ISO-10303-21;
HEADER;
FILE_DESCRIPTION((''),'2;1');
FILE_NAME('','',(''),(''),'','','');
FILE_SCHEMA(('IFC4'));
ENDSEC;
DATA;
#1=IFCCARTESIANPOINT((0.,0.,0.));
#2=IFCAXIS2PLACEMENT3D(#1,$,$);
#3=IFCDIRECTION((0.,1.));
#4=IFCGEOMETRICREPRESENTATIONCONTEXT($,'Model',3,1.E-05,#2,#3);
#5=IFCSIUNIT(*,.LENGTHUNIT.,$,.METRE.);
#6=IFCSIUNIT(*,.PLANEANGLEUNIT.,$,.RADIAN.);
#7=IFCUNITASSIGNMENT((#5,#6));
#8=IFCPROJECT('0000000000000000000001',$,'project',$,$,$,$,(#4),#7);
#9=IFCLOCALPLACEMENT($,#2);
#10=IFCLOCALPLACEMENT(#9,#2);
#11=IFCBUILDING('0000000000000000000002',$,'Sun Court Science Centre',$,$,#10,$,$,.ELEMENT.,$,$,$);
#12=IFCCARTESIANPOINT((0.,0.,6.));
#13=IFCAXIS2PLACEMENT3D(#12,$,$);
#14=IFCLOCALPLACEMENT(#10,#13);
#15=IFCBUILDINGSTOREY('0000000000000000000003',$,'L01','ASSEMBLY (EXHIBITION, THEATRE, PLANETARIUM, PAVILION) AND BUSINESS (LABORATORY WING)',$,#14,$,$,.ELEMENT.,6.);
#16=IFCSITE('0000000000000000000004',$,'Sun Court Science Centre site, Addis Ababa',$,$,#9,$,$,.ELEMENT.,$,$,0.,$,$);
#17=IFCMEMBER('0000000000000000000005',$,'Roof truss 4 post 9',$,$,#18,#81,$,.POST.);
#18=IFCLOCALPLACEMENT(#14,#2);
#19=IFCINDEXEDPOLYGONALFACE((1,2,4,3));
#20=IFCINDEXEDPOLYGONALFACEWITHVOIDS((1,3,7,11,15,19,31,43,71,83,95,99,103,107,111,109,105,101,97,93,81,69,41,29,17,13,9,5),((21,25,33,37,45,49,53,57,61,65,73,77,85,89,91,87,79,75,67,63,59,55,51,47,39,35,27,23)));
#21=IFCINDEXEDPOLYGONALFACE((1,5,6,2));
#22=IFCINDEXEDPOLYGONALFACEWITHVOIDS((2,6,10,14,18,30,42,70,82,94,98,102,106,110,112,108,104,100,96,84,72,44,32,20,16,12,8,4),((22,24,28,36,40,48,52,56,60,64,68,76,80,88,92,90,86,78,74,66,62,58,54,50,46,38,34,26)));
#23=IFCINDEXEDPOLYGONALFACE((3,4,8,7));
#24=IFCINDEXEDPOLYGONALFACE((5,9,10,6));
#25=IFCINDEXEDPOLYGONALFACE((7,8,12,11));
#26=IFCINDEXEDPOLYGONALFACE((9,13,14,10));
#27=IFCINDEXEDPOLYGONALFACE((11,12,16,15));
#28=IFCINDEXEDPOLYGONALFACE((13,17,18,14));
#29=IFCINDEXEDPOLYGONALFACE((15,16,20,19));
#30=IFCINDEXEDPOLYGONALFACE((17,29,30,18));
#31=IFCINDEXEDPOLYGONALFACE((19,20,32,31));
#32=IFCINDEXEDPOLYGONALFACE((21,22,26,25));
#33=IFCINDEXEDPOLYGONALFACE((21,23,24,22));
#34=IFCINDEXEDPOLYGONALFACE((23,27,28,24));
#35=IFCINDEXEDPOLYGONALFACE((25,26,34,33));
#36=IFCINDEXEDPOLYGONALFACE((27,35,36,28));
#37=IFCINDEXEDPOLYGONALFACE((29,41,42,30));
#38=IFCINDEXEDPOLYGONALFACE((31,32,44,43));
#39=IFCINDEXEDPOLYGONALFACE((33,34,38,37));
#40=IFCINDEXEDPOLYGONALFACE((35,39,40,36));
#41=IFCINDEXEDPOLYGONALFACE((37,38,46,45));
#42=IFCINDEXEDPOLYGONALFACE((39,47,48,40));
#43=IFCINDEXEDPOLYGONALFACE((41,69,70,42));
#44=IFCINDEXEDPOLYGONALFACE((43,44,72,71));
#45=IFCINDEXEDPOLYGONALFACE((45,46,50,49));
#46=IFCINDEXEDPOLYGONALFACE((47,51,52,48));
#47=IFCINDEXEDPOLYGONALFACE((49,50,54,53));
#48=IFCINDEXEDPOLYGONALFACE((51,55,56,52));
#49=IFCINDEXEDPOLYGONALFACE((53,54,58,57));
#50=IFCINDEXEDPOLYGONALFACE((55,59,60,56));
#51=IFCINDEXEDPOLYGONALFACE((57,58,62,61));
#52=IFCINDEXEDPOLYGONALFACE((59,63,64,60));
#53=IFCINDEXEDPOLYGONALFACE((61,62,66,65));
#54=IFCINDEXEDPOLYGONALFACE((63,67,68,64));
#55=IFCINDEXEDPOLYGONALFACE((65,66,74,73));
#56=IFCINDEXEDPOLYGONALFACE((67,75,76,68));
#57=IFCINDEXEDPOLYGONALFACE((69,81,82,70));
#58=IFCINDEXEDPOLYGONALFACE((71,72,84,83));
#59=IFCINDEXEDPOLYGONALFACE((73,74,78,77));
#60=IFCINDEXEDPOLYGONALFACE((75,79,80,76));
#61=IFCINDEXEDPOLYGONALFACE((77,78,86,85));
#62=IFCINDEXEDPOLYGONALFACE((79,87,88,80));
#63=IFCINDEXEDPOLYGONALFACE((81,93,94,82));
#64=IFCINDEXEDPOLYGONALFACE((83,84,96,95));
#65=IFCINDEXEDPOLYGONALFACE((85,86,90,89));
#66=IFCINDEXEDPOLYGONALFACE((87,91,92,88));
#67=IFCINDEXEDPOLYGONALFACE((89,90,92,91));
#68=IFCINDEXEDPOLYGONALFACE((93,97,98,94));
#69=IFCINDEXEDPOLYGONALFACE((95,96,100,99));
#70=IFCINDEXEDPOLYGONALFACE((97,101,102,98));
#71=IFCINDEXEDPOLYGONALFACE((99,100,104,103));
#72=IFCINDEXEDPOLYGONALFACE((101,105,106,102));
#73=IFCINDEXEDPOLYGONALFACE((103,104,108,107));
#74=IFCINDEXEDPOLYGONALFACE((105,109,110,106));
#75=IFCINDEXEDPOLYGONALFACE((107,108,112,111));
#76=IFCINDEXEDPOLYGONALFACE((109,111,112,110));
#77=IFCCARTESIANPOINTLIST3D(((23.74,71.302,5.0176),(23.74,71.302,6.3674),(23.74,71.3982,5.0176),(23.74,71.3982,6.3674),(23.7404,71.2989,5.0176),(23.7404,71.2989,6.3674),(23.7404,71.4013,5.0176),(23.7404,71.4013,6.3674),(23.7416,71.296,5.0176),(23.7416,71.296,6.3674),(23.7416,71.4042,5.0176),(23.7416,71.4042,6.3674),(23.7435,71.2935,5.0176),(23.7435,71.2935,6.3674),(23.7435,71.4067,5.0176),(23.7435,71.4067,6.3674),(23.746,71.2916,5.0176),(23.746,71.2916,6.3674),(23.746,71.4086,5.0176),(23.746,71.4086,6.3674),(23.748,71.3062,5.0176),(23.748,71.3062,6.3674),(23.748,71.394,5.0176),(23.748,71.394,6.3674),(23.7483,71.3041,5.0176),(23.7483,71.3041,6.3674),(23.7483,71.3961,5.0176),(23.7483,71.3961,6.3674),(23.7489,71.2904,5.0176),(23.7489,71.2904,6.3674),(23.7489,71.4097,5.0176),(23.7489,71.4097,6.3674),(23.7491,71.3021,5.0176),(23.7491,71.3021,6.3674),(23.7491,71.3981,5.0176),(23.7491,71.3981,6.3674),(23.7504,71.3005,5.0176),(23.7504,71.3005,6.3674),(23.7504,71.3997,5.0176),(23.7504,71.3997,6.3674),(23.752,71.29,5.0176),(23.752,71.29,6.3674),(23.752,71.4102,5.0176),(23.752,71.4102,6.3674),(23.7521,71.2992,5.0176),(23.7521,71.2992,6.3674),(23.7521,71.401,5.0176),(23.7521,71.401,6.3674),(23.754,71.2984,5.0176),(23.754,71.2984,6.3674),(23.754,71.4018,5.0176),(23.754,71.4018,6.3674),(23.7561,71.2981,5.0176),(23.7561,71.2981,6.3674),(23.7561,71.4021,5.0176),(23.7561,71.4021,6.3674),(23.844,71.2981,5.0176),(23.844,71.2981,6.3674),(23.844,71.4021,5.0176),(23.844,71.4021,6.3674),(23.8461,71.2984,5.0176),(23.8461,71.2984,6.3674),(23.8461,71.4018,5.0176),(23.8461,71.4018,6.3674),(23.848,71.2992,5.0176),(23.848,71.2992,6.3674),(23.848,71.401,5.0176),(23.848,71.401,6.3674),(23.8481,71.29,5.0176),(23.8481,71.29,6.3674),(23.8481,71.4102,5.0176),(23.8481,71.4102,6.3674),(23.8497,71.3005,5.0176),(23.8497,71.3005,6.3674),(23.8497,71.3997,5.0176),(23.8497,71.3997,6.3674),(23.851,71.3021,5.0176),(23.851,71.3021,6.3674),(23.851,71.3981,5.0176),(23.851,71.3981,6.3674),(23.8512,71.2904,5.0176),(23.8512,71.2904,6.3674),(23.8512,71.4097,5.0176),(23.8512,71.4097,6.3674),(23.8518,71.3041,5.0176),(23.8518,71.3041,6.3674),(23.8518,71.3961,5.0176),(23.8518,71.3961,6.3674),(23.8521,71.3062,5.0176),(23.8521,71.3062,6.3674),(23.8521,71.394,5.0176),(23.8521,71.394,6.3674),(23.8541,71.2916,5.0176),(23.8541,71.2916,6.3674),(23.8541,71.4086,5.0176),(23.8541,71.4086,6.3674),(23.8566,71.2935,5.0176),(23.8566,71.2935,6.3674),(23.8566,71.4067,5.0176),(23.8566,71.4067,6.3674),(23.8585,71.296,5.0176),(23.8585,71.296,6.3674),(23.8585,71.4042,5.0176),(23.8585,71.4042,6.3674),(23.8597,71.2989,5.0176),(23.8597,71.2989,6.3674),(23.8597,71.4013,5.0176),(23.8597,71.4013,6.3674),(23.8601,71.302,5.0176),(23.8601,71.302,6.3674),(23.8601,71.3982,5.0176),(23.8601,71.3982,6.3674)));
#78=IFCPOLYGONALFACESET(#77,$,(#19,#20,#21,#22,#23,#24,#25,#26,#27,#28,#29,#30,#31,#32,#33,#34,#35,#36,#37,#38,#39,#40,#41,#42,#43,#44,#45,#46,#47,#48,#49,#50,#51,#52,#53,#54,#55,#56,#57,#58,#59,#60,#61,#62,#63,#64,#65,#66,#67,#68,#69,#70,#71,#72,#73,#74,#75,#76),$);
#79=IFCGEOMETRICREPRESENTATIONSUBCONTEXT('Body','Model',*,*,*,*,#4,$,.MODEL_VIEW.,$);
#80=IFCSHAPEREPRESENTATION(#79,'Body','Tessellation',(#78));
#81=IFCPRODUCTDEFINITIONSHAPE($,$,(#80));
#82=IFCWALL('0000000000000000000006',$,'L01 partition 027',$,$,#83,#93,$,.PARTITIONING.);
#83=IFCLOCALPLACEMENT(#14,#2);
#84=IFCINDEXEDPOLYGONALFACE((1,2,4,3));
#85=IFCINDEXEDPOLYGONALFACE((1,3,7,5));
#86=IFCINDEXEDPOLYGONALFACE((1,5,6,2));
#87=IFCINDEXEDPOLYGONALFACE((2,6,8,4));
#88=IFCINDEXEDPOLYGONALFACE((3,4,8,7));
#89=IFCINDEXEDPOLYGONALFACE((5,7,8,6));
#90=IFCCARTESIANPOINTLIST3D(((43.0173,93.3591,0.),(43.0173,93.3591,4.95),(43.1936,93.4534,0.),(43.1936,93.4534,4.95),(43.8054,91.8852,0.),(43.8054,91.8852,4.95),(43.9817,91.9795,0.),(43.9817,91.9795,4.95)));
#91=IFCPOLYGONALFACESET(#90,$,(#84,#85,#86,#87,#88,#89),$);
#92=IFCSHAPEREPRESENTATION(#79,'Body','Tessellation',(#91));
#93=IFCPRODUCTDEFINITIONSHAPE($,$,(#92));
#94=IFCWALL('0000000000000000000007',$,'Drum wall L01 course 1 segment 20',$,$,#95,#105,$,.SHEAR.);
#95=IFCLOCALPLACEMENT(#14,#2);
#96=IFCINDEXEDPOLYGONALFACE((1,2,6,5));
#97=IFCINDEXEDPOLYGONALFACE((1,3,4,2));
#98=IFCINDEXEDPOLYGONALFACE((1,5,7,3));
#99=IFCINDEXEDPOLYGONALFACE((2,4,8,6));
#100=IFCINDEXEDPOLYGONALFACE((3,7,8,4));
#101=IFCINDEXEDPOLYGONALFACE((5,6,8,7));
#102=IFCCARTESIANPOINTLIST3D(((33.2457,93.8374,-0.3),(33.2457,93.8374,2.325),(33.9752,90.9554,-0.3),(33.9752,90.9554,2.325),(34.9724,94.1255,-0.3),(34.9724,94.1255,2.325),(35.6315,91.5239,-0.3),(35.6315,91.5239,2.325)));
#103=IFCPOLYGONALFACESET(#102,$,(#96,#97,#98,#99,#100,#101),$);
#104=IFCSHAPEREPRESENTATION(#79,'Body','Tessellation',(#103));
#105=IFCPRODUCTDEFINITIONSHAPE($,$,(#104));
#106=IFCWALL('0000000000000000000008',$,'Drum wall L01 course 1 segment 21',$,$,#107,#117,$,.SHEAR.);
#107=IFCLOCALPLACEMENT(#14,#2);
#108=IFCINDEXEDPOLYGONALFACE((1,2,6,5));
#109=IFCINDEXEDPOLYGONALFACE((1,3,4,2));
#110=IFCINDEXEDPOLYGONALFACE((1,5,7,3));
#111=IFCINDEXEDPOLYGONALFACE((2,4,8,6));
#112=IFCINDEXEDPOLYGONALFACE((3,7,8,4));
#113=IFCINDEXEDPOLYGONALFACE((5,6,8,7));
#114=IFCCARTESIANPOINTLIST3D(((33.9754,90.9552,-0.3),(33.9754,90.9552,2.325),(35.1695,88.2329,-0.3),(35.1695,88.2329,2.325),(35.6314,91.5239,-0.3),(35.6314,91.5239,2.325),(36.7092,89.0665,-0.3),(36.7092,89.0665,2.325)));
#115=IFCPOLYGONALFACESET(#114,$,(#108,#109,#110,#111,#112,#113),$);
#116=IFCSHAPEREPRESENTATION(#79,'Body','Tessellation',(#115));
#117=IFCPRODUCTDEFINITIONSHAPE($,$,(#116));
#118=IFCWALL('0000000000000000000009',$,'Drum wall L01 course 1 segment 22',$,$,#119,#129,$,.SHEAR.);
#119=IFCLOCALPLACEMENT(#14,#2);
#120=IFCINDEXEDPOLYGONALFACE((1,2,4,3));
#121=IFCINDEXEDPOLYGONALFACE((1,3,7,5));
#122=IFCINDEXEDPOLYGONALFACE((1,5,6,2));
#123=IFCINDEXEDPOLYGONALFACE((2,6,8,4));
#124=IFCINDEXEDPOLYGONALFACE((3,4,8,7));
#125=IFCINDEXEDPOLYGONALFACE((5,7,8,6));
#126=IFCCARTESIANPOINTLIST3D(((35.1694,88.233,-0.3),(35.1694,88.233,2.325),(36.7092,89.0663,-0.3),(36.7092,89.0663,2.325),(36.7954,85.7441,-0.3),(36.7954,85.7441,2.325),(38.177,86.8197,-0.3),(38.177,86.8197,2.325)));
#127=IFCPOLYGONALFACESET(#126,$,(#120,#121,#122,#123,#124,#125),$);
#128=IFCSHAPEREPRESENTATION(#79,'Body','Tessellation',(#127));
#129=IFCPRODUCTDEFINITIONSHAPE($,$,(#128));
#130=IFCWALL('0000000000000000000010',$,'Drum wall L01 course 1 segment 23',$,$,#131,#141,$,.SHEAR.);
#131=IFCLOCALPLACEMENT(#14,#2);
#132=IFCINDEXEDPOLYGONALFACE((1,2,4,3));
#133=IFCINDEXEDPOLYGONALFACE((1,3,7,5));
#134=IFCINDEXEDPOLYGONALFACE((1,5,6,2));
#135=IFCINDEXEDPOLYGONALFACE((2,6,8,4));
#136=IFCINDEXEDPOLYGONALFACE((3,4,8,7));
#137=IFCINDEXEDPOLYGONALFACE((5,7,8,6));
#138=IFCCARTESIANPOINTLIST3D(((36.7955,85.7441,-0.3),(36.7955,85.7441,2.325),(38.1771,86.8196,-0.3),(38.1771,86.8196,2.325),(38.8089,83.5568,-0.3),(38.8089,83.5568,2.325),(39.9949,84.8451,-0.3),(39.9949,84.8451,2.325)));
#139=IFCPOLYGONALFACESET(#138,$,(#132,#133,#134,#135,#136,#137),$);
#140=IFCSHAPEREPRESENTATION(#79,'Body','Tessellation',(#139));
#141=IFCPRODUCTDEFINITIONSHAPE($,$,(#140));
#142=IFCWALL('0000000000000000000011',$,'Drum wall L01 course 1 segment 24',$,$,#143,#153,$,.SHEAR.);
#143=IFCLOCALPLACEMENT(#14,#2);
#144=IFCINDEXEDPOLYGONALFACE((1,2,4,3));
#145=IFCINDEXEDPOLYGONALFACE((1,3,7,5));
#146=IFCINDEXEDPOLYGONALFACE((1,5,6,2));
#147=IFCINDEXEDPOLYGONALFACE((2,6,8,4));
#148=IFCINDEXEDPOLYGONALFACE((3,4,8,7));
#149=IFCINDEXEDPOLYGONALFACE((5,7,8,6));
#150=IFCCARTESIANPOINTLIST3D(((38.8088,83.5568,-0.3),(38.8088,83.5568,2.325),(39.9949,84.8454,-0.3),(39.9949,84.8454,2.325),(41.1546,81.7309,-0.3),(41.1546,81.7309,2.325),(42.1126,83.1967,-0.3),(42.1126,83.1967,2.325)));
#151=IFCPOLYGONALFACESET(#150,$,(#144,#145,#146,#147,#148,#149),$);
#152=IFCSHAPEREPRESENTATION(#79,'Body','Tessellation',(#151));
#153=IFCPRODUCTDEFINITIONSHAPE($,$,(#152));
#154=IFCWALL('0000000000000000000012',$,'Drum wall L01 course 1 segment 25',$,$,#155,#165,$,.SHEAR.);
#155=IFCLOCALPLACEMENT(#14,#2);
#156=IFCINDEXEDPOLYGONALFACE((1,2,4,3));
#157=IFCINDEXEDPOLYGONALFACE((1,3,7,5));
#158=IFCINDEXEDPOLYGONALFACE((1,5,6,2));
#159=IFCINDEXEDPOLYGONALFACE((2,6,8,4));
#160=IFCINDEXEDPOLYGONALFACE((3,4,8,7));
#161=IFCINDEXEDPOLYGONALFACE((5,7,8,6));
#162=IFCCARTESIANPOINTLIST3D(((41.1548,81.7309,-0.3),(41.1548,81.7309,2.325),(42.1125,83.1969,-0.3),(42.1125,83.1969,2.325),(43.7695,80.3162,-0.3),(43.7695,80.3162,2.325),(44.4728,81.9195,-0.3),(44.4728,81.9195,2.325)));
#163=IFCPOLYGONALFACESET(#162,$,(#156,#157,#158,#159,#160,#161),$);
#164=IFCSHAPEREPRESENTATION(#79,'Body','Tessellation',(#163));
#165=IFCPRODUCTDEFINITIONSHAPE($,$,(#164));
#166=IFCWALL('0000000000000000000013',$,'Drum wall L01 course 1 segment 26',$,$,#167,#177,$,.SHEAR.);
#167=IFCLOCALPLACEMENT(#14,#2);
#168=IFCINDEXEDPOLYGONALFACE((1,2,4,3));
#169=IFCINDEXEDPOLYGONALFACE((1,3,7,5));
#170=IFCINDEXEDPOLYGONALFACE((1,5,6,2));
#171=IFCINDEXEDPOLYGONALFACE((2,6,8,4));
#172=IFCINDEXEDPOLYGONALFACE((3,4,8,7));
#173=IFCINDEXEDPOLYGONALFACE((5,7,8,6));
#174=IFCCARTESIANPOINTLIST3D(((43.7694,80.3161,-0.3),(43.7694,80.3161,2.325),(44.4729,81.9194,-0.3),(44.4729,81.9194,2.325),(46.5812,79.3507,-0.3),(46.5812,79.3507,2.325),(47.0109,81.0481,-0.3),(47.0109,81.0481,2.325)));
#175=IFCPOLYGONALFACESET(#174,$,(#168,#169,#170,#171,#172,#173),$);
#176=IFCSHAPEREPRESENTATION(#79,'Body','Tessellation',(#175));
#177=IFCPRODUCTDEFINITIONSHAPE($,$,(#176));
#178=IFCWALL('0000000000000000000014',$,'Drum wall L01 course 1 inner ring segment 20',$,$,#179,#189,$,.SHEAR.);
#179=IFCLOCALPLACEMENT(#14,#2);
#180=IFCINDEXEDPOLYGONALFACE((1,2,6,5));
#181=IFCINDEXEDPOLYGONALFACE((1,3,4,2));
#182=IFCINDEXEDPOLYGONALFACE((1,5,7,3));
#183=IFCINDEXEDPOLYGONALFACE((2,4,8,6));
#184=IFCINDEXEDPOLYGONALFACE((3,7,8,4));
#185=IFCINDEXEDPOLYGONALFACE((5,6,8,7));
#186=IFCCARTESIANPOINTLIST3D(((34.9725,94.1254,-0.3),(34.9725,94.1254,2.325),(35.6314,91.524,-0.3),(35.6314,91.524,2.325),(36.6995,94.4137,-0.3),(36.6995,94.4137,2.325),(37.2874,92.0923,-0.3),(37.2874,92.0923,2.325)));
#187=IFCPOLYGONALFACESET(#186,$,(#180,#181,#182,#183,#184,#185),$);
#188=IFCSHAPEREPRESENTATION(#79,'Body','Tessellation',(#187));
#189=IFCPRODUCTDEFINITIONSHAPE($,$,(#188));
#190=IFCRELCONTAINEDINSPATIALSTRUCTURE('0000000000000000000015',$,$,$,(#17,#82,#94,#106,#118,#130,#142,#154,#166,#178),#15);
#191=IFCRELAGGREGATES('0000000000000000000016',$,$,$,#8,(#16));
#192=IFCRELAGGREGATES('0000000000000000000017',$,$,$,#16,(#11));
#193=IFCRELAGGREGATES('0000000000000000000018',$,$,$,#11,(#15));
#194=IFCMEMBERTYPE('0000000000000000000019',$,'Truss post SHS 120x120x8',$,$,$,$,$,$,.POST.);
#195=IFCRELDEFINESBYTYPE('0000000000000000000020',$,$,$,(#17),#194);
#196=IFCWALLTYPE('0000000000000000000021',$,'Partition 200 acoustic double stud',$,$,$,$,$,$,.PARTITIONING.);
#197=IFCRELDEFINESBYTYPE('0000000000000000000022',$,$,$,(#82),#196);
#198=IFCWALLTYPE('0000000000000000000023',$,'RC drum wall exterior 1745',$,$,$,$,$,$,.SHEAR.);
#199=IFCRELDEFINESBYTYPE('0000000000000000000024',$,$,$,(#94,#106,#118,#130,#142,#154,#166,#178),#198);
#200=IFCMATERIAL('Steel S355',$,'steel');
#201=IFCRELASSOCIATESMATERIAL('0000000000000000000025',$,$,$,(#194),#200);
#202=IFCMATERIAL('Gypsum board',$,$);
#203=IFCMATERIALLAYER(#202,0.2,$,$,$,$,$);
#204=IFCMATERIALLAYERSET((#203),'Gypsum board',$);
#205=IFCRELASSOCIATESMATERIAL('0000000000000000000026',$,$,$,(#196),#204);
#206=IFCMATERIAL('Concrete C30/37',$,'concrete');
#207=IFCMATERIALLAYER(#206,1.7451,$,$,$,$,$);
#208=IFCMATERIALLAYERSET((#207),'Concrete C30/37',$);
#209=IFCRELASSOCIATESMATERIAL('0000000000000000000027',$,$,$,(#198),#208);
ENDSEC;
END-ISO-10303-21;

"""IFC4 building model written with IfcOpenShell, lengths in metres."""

from ifc_helpers import new_model, si_unit, direction, frame, frame_2d, origin, origin_2d, place, context, subcontext, project, spatial, polyline, rectangle, hollow_rectangle, outline, extrude, material, layer, layer_set, material_profile, profile_set, type_object, element, save


model = new_model("IFC4")

# Units and contexts
model_context = context("Model", 3, precision=1e-05, world=origin(), true_north=direction((0.0, 1.0)))
body_context = subcontext(model_context, "Body", "Model", "MODEL_VIEW")
ifc_project = project(units=[si_unit("LENGTHUNIT", "METRE"), si_unit("PLANEANGLEUNIT", "RADIAN")], contexts=[model_context])

# Site, building, storey
site_placement = place(None, origin())
site = spatial("IfcSite", under=ifc_project, at=site_placement, Name="Sun Court Science Centre site, Addis Ababa", CompositionType="ELEMENT", RefElevation=0.0)
building_placement = place(site_placement, origin())
building = spatial("IfcBuilding", under=site, at=building_placement, Name="Sun Court Science Centre", CompositionType="ELEMENT")
storey_placement = place(building_placement, frame((0.0, 0.0, 6.0)))
storey = spatial("IfcBuildingStorey", under=building, at=storey_placement, Name="L01", Description="ASSEMBLY (EXHIBITION, THEATRE, PLANETARIUM, PAVILION) AND BUSINESS (LABORATORY WING)", CompositionType="ELEMENT", Elevation=6.0)

# Member
ifc_material_1 = material(Name="Steel S355", Category="steel")
ifc_material_profile_1 = material_profile(ifc_material_1, hollow_rectangle(XDim=0.1201, YDim=0.1201, WallThickness=0.0081, InnerFilletRadius=0.0081, OuterFilletRadius=0.012, at=origin_2d()), Name="SHS 120x120x8")
ifc_profile_set_1 = profile_set([ifc_material_profile_1], Name="Steel S355")
member_type_1 = type_object("IfcMemberType", Name="Truss post SHS 120x120x8", PredefinedType="POST", material=ifc_profile_set_1)
member_1_placement = place(storey_placement, frame((23.8, 71.3501, 5.0176), z_axis=(0.0, 0.0, 1.0), x_axis=(1.0, 0.0, 0.0)))
element("IfcMember", 1, at=member_1_placement, inside=storey, type_object=member_type_1, Name="Roof truss 4 post 9", PredefinedType="POST", context=body_context, shape_type="SweptSolid", body=[
    extrude(hollow_rectangle(XDim=0.1201, YDim=0.1201, WallThickness=0.0081, InnerFilletRadius=0.0081, OuterFilletRadius=0.012, at=origin_2d()), origin(), (0.0, 0.0, 1.0), 1.3499),
])

# Walls
ifc_material_2 = material(Name="Gypsum board")
ifc_layer_1 = layer(ifc_material_2, 0.2)
ifc_layer_set_1 = layer_set([ifc_layer_1], Name="Gypsum board")
wall_type_1 = type_object("IfcWallType", Name="Partition 200 acoustic double stud", PredefinedType="PARTITIONING", material=ifc_layer_set_1)
wall_1_placement = place(storey_placement, frame((43.8936, 91.9324, 0.0), z_axis=(0.0, 0.0, 1.0), x_axis=(-0.471528, 0.881851, 0.0)))
element("IfcWall", 2, at=wall_1_placement, inside=storey, type_object=wall_type_1, Name="L01 partition 027", PredefinedType="PARTITIONING", context=body_context, shape_type="SweptSolid", body=[
    extrude(rectangle(XDim=1.6714, YDim=0.2, at=frame_2d((0.8357, 0.0))), origin(), (0.0, 0.0, 1.0), 4.95),
])
ifc_material_3 = material(Name="Concrete C30/37", Category="concrete")
ifc_layer_2 = layer(ifc_material_3, 1.7451)
ifc_layer_set_2 = layer_set([ifc_layer_2], Name="Concrete C30/37")
wall_type_2 = type_object("IfcWallType", Name="RC drum wall exterior 1745", PredefinedType="SHEAR", material=ifc_layer_set_2)
wall_2_placement = place(storey_placement, frame((34.0913, 94.0515, -0.3), z_axis=(0.0, 0.0, 1.0), x_axis=(0.245472, -0.969404, 0.0)))
element("IfcWall", 3, at=wall_2_placement, inside=storey, type_object=wall_type_2, Name="Drum wall L01 course 1 segment 20", PredefinedType="SHEAR", context=body_context, shape_type="SweptSolid", body=[
    extrude(outline(polyline([(0.0, -0.8723), (2.9729, -0.8726), (2.8284, 0.8726), (0.1445, 0.8723), (0.0, -0.8723)])), origin(), (0.0, 0.0, 1.0), 2.625),
])
wall_3_placement = place(storey_placement, frame((34.7742, 91.3059, -0.3), z_axis=(0.0, 0.0, 1.0), x_axis=(0.401745, -0.915752, 0.0)))
element("IfcWall", 4, at=wall_3_placement, inside=storey, type_object=wall_type_2, Name="Drum wall L01 course 1 segment 21", PredefinedType="SHEAR", context=body_context, shape_type="SweptSolid", body=[
    extrude(outline(polyline([(0.0002, -0.8723), (2.9729, -0.8726), (2.8281, 0.8723), (0.1448, 0.8726), (0.0002, -0.8723)])), origin(), (0.0, 0.0, 1.0), 2.625),
])
wall_4_placement = place(storey_placement, frame((35.8999, 88.7102, -0.3), z_axis=(0.0, 0.0, 1.0), x_axis=(0.546944, -0.837169, 0.0)))
element("IfcWall", 5, at=wall_4_placement, inside=storey, type_object=wall_type_2, Name="Drum wall L01 course 1 segment 22", PredefinedType="SHEAR", context=body_context, shape_type="SweptSolid", body=[
    extrude(outline(polyline([(0.0, -0.8726), (2.9729, -0.8726), (2.8281, 0.8723), (0.1445, 0.8723), (0.0, -0.8726)])), origin(), (0.0, 0.0, 1.0), 2.625),
])
wall_5_placement = place(storey_placement, frame((37.4373, 86.335, -0.3), z_axis=(0.0, 0.0, 1.0), x_axis=(0.677307, -0.7357, 0.0)))
element("IfcWall", 6, at=wall_5_placement, inside=storey, type_object=wall_type_2, Name="Drum wall L01 course 1 segment 23", PredefinedType="SHEAR", context=body_context, shape_type="SweptSolid", body=[
    extrude(outline(polyline([(0.0, -0.8723), (2.9729, -0.8726), (2.8284, 0.8726), (0.1445, 0.8726), (0.0, -0.8723)])), origin(), (0.0, 0.0, 1.0), 2.625),
])
wall_6_placement = place(storey_placement, frame((39.3447, 84.2454, -0.3), z_axis=(0.0, 0.0, 1.0), x_axis=(0.78914, -0.614213, 0.0)))
element("IfcWall", 7, at=wall_6_placement, inside=storey, type_object=wall_type_2, Name="Drum wall L01 course 1 segment 24", PredefinedType="SHEAR", context=body_context, shape_type="SweptSolid", body=[
    extrude(outline(polyline([(0.0, -0.8726), (2.9727, -0.8726), (2.8284, 0.8726), (0.1445, 0.8728), (0.0, -0.8726)])), origin(), (0.0, 0.0, 1.0), 2.625),
])
wall_7_placement = place(storey_placement, frame((41.5701, 82.4983, -0.3), z_axis=(0.0, 0.0, 1.0), x_axis=(0.879472, -0.47595, 0.0)))
element("IfcWall", 8, at=wall_7_placement, inside=storey, type_object=wall_type_2, Name="Drum wall L01 course 1 segment 25", PredefinedType="SHEAR", context=body_context, shape_type="SweptSolid", body=[
    extrude(outline(polyline([(0.0, -0.8726), (2.9729, -0.8723), (2.8284, 0.8726), (0.1445, 0.8726), (0.0, -0.8726)])), origin(), (0.0, 0.0, 1.0), 2.625),
])
wall_8_placement = place(storey_placement, frame((44.0527, 81.1414, -0.3), z_axis=(0.0, 0.0, 1.0), x_axis=(0.945812, -0.324715, 0.0)))
element("IfcWall", 9, at=wall_8_placement, inside=storey, type_object=wall_type_2, Name="Drum wall L01 course 1 segment 26", PredefinedType="SHEAR", context=body_context, shape_type="SweptSolid", body=[
    extrude(outline(polyline([(0.0, -0.8726), (2.9729, -0.8726), (2.8281, 0.8723), (0.1448, 0.8723), (0.0, -0.8726)])), origin(), (0.0, 0.0, 1.0), 2.625),
])
wall_9_placement = place(storey_placement, frame((35.8181, 94.3396, -0.3), z_axis=(0.0, 0.0, 1.0), x_axis=(0.245531, -0.969389, 0.0)))
element("IfcWall", 10, at=wall_9_placement, inside=storey, type_object=wall_type_2, Name="Drum wall L01 course 1 inner ring segment 20", PredefinedType="SHEAR", context=body_context, shape_type="SweptSolid", body=[
    extrude(outline(polyline([(0.0, -0.8723), (2.6836, -0.8723), (2.5393, 0.8726), (0.1445, 0.8726), (0.0, -0.8723)])), origin(), (0.0, 0.0, 1.0), 2.625),
])

save(model, "model.ifc")
